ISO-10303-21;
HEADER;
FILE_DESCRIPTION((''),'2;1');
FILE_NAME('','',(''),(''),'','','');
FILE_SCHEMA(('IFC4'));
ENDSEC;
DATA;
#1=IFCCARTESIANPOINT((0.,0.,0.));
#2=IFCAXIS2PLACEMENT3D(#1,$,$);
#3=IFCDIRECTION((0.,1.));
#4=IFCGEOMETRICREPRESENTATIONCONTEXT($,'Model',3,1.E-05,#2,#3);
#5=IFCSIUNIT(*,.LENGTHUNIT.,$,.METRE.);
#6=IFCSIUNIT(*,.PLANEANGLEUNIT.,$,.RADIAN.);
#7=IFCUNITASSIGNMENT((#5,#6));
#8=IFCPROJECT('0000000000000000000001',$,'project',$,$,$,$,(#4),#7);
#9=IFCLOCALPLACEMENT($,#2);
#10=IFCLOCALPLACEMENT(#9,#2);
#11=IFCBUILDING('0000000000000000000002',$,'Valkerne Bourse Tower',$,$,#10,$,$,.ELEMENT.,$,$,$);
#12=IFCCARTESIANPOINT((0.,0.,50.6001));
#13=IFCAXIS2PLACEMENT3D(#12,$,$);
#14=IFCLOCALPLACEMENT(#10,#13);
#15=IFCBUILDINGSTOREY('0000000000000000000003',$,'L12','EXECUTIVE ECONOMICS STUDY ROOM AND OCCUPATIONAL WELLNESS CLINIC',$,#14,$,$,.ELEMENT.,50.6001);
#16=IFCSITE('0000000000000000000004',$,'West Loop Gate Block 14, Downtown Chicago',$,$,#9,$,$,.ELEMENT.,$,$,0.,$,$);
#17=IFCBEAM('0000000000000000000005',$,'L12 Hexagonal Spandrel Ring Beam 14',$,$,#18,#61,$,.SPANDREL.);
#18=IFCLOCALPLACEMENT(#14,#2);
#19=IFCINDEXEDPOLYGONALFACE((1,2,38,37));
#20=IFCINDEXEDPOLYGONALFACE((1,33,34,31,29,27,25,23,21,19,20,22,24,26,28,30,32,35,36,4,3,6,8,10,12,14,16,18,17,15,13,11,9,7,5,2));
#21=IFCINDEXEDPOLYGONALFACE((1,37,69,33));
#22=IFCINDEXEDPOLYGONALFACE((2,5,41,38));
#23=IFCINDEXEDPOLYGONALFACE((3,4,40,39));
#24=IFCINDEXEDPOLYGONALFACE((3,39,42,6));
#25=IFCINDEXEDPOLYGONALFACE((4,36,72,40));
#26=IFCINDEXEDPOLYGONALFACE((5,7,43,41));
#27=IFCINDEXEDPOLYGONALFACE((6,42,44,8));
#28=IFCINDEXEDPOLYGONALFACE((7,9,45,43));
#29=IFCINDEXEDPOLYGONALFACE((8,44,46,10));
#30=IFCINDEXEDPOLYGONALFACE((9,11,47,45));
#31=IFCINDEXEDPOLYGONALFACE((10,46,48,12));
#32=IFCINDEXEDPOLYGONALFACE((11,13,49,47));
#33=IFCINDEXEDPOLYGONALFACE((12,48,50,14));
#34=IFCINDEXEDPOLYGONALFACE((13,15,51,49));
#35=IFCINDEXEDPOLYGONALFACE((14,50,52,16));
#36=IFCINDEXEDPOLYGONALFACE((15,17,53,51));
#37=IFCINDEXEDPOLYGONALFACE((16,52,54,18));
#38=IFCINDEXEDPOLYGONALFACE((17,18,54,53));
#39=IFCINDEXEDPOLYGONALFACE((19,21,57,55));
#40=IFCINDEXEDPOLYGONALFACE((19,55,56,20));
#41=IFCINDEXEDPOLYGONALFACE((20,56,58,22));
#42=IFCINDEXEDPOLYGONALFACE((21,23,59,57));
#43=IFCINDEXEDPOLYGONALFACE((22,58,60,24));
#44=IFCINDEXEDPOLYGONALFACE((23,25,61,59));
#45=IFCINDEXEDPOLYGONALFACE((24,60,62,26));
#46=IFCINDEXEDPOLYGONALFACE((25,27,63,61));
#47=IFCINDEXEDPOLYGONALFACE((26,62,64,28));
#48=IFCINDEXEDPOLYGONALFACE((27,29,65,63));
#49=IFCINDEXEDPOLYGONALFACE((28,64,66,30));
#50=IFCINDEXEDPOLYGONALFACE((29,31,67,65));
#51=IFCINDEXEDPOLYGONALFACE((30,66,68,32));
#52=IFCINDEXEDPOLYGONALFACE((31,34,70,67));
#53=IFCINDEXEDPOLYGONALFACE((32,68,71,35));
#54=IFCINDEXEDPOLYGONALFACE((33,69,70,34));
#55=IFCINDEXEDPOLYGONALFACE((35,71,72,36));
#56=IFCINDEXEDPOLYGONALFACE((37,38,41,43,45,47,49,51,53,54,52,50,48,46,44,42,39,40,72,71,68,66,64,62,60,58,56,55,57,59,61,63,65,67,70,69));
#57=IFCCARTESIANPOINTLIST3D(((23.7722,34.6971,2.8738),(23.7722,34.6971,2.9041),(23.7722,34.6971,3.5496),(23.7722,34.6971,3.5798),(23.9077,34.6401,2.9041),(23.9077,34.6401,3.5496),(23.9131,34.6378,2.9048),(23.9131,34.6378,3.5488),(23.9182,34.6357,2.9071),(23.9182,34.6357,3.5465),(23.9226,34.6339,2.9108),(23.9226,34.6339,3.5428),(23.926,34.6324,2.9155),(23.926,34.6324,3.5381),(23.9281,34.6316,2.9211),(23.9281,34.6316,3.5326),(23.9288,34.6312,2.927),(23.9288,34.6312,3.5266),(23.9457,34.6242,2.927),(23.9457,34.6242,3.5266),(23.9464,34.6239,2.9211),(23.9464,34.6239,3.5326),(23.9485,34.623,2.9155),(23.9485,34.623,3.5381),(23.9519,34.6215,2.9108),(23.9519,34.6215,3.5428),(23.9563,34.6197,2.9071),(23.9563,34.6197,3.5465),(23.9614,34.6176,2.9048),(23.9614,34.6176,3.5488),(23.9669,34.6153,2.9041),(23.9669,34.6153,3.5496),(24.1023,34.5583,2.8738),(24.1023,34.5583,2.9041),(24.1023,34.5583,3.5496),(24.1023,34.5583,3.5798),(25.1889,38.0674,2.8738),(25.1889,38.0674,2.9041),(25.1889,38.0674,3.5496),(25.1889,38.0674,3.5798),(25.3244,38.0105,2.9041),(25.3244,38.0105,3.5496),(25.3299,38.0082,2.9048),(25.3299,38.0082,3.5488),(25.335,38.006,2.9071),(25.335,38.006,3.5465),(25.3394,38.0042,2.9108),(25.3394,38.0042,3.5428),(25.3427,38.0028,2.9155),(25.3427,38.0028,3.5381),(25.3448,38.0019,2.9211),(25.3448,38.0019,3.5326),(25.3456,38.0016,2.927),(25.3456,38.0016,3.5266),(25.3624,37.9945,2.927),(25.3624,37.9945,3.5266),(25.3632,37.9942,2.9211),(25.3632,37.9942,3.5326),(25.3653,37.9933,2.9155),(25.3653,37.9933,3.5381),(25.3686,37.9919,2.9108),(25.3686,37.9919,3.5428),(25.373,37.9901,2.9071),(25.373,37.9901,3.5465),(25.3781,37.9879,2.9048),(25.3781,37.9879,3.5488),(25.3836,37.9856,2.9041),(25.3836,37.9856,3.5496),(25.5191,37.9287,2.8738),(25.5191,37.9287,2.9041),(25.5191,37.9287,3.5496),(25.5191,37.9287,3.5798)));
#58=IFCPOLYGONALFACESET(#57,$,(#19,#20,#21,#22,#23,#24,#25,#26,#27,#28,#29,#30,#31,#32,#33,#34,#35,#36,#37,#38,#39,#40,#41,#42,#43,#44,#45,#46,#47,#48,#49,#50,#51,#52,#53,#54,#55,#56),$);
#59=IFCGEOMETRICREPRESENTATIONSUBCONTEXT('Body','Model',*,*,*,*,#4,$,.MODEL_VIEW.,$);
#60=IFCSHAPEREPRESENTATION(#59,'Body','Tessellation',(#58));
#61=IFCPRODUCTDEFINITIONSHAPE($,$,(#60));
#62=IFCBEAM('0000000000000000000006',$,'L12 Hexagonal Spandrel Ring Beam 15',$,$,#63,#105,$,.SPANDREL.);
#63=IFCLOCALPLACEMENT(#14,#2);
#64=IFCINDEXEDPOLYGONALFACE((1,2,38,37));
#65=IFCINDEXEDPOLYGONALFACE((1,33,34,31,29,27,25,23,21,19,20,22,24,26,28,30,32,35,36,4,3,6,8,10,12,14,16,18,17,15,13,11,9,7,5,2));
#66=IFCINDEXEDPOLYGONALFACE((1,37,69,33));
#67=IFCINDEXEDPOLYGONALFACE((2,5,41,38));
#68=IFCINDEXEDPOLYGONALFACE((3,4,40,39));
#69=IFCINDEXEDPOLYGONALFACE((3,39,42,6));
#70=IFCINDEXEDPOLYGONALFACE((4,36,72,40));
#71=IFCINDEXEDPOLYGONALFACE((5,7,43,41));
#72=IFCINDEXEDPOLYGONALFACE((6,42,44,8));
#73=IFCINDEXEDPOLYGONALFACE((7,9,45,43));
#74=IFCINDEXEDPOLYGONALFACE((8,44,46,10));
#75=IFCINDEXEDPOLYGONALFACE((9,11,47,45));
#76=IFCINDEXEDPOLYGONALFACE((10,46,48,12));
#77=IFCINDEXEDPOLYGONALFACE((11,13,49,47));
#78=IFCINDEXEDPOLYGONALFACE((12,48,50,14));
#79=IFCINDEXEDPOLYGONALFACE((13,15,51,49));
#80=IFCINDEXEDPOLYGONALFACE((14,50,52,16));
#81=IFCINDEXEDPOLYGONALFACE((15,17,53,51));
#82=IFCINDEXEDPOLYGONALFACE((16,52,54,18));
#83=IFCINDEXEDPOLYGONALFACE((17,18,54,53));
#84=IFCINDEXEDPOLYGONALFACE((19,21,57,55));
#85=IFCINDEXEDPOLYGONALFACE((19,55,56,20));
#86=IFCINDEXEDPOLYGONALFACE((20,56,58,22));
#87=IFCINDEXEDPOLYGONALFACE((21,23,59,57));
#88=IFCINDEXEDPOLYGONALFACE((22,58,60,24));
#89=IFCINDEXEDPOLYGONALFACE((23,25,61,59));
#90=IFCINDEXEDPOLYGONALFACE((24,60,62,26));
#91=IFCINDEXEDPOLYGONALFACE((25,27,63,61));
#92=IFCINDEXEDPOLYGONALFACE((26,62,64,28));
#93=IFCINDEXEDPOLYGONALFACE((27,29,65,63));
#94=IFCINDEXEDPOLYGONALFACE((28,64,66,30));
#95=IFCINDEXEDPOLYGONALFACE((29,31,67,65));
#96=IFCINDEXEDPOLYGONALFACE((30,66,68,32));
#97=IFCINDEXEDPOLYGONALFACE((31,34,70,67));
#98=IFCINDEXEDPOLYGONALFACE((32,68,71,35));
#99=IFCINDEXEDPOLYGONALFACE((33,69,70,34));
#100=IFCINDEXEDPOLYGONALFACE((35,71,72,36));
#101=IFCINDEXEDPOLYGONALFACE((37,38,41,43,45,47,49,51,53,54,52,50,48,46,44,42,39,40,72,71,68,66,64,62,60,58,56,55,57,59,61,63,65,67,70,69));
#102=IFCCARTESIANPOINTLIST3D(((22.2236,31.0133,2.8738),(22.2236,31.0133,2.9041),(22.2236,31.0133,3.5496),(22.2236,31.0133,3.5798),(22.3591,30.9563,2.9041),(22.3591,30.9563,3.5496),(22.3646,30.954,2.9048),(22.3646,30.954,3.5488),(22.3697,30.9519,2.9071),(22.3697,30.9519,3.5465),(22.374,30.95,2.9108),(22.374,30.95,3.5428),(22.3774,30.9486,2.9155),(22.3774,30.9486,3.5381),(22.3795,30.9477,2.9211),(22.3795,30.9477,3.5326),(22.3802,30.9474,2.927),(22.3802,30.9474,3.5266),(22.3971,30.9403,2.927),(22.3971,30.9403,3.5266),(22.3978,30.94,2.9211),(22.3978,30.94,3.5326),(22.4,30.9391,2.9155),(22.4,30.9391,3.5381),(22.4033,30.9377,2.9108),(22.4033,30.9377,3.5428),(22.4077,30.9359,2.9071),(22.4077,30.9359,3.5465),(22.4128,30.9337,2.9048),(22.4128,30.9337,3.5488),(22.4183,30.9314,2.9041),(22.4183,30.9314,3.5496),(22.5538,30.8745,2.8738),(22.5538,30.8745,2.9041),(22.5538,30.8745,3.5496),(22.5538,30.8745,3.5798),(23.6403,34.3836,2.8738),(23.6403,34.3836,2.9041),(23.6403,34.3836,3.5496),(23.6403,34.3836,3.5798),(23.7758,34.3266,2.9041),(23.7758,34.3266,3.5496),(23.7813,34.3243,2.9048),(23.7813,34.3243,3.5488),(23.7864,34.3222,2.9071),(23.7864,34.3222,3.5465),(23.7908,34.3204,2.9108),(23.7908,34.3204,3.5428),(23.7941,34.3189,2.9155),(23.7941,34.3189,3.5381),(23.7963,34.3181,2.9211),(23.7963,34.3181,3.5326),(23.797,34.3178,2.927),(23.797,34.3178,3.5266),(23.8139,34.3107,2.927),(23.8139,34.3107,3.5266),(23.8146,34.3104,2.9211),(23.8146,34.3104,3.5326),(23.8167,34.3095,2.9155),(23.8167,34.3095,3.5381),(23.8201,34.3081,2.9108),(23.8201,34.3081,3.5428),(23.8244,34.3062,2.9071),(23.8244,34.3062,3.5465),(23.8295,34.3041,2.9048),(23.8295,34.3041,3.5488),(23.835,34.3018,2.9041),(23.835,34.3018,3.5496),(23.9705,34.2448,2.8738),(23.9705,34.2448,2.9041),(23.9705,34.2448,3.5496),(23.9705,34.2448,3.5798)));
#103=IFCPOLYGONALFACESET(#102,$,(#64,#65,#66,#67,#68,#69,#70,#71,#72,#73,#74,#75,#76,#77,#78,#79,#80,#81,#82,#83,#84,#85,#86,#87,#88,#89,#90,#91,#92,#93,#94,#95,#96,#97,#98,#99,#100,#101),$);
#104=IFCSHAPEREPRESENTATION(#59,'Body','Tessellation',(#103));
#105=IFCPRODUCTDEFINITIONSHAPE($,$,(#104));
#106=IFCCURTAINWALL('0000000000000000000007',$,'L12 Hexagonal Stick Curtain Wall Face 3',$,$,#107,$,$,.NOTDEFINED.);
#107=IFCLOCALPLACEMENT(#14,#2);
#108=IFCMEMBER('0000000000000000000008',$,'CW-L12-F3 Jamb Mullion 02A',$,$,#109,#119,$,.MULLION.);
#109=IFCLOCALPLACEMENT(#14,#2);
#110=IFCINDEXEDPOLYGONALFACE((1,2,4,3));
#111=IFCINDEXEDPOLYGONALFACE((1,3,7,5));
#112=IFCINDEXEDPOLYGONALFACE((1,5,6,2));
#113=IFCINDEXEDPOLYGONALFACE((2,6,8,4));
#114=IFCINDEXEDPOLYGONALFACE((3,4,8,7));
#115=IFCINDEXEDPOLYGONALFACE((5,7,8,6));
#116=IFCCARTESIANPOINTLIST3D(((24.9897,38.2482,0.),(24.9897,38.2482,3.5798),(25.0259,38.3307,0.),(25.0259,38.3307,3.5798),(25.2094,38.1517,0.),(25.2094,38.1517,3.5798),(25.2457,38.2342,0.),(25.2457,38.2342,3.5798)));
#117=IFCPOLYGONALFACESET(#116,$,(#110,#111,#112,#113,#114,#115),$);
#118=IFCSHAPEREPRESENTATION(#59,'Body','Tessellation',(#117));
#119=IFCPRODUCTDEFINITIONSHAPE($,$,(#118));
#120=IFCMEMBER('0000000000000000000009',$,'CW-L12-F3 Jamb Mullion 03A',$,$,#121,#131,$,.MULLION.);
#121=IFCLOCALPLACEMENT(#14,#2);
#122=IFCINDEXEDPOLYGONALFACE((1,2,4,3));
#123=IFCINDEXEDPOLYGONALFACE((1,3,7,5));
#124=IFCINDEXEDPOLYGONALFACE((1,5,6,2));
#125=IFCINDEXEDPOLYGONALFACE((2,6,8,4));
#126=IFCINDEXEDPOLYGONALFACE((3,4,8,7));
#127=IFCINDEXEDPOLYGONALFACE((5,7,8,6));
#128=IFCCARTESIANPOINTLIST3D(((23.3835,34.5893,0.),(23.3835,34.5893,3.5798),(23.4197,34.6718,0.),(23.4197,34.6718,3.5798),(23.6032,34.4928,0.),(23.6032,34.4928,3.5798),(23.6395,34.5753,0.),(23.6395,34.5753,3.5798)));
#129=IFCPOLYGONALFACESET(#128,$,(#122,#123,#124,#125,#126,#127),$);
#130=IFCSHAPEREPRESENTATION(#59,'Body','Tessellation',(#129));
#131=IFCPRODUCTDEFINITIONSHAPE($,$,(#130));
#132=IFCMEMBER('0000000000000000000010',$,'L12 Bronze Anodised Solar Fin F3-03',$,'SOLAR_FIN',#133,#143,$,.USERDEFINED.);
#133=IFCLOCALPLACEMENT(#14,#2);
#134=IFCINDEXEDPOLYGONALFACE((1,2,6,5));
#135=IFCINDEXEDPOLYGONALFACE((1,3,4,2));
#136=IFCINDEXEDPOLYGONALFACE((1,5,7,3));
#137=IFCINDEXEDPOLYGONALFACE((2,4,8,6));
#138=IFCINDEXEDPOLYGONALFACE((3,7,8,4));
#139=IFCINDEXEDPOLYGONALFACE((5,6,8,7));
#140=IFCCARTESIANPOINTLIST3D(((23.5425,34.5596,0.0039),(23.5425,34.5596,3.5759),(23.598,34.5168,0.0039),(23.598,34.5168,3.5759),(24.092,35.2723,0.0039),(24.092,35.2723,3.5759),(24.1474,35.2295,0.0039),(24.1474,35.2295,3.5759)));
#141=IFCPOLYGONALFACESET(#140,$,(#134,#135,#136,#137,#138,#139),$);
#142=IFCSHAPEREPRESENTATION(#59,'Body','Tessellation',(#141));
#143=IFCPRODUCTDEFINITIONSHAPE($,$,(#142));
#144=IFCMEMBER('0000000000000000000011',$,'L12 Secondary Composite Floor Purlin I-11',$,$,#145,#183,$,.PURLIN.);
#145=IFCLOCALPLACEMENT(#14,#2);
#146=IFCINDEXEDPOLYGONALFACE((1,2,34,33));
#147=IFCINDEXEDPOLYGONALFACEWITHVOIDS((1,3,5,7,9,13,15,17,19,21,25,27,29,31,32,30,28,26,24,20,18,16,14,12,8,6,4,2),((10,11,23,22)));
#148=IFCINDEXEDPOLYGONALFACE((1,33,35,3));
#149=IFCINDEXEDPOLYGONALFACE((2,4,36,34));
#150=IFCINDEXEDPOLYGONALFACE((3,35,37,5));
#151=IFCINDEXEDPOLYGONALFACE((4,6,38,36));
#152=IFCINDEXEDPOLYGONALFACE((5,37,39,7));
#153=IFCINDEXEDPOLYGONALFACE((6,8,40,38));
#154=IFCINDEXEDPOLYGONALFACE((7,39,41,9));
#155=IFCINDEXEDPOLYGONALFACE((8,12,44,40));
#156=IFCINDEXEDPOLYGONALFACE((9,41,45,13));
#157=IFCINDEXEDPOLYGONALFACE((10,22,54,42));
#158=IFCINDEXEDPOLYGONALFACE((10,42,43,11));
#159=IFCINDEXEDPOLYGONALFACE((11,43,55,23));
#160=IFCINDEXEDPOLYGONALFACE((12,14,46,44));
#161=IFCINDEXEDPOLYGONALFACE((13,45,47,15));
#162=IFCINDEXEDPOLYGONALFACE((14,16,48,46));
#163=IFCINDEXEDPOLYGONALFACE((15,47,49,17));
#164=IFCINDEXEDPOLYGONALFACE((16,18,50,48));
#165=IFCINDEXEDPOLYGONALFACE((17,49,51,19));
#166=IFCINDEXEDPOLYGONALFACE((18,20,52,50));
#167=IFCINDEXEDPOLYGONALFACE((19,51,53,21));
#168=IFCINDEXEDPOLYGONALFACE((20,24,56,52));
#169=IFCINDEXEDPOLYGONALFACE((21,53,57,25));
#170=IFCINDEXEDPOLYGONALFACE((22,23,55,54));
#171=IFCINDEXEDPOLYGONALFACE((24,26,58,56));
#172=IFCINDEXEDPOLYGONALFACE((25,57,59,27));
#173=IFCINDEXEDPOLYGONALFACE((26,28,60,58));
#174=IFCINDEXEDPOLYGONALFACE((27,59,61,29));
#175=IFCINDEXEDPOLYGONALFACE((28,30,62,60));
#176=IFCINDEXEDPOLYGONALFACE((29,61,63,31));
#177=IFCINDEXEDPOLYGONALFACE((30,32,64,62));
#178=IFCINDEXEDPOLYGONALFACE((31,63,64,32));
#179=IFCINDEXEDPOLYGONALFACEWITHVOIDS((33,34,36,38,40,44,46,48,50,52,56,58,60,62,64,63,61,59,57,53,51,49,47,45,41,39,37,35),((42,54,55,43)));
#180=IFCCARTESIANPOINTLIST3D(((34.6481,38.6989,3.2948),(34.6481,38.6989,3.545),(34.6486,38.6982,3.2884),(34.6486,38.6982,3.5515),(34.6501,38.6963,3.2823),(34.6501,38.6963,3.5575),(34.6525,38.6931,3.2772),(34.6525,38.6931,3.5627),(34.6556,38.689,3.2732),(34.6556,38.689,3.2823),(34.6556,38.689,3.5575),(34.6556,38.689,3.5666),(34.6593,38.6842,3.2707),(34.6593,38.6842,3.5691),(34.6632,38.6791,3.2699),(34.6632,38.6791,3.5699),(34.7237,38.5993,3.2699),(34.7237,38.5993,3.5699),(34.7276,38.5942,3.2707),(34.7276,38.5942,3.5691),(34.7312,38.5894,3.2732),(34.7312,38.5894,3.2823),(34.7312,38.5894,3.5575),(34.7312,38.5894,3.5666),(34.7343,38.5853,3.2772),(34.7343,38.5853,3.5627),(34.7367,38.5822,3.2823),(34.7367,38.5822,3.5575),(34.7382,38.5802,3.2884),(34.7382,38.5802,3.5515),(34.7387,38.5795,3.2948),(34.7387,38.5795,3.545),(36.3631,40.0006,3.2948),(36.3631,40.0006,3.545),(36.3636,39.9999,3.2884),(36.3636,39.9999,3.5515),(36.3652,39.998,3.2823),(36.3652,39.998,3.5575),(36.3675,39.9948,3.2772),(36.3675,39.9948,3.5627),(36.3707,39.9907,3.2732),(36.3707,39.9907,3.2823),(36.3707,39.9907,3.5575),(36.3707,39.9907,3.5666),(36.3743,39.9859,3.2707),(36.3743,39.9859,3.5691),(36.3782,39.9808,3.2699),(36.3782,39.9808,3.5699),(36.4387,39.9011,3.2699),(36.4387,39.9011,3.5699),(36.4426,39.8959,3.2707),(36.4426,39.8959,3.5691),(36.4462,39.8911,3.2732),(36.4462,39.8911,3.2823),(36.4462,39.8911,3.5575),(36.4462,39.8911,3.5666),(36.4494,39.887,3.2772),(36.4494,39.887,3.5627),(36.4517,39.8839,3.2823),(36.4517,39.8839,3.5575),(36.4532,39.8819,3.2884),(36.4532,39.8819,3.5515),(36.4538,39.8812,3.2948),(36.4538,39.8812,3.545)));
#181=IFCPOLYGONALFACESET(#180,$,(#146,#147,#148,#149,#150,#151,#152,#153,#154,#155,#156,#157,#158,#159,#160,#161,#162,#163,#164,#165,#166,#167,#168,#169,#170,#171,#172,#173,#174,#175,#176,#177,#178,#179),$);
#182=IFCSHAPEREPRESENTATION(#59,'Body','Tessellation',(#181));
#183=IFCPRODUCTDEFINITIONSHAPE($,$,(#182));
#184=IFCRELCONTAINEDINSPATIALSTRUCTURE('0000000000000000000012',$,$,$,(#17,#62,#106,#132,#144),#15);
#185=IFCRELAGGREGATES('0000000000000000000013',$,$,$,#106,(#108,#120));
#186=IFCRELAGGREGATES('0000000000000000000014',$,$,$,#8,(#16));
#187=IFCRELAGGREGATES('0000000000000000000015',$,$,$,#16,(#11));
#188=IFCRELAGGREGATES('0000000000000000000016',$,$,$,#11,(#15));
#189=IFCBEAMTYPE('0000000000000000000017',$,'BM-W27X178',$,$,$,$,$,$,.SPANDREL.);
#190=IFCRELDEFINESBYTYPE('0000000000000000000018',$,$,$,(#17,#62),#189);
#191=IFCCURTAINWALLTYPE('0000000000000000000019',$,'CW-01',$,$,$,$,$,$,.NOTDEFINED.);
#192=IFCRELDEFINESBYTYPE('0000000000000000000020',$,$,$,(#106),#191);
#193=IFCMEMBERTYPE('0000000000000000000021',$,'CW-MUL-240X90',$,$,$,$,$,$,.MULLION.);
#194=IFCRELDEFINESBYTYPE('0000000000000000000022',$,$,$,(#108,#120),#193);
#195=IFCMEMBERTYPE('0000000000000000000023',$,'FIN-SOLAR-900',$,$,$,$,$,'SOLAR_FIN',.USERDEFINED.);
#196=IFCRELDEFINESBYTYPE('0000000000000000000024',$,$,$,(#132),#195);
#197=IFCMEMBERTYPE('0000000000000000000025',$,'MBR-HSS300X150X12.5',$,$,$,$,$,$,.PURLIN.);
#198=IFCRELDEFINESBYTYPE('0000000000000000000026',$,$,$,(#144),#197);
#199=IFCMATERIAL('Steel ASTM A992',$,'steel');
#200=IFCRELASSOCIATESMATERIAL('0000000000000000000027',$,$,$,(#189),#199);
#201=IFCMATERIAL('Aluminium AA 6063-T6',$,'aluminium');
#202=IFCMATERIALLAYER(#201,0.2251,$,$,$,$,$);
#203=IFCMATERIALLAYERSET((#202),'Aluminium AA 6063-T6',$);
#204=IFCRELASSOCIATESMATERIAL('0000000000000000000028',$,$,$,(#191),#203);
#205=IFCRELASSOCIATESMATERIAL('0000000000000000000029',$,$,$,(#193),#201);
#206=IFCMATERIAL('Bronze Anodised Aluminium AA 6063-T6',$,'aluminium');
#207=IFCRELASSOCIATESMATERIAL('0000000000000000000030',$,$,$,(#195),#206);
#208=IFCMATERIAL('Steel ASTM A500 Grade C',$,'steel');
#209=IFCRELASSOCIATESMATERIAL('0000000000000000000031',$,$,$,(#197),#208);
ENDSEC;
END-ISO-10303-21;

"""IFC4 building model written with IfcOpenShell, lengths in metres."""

from ifc_helpers import new_model, si_unit, direction, frame, origin, origin_2d, place, context, subcontext, project, spatial, rectangle, hollow_rectangle, i_section, extrude, material, layer, layer_set, material_profile, profile_set, type_object, element, aggregate, save


model = new_model("IFC4")

# Units and contexts
model_context = context("Model", 3, precision=1e-05, world=origin(), true_north=direction((0.0, 1.0)))
body_context = subcontext(model_context, "Body", "Model", "MODEL_VIEW")
ifc_project = project(units=[si_unit("LENGTHUNIT", "METRE"), si_unit("PLANEANGLEUNIT", "RADIAN")], contexts=[model_context])

# Site, building, storey
site_placement = place(None, origin())
site = spatial("IfcSite", under=ifc_project, at=site_placement, Name="West Loop Gate Block 14, Downtown Chicago", CompositionType="ELEMENT", RefElevation=0.0)
building_placement = place(site_placement, origin())
building = spatial("IfcBuilding", under=site, at=building_placement, Name="Valkerne Bourse Tower", CompositionType="ELEMENT")
storey_placement = place(building_placement, frame((0.0, 0.0, 50.6001)))
storey = spatial("IfcBuildingStorey", under=building, at=storey_placement, Name="L12", Description="EXECUTIVE ECONOMICS STUDY ROOM AND OCCUPATIONAL WELLNESS CLINIC", CompositionType="ELEMENT", Elevation=50.6001)

# Beams
ifc_material_1 = material(Name="Steel ASTM A992", Category="steel")
ifc_material_profile_1 = material_profile(ifc_material_1, i_section(OverallWidth=0.3582, OverallDepth=0.7061, WebThickness=0.0183, FlangeThickness=0.0303, FilletRadius=0.0229, at=origin_2d()), Name="W27X178")
ifc_profile_set_1 = profile_set([ifc_material_profile_1], Name="Steel ASTM A992")
beam_type_1 = type_object("IfcBeamType", Name="BM-W27X178", PredefinedType="SPANDREL", material=ifc_profile_set_1)
for number, where, z_axis, x_axis, name in (
    (1, (25.354, 37.998, 3.2268), (-0.387511, -0.921865, 0.0), (0.921865, -0.387511, 0.0), "L12 Hexagonal Spandrel Ring Beam 14"),
    (2, (23.8054, 34.3142, 3.2268), (-0.387511, -0.921865, 0.0), (0.921865, -0.387511, 0.0), "L12 Hexagonal Spandrel Ring Beam 15"),
):
    element("IfcBeam", number, at=place(storey_placement, frame(where, z_axis=z_axis, x_axis=x_axis)), inside=storey, type_object=beam_type_1, Name=name, PredefinedType="SPANDREL", context=body_context, shape_type="SweptSolid", body=[
        extrude(i_section(OverallWidth=0.3582, OverallDepth=0.7061, WebThickness=0.0183, FlangeThickness=0.0303, FilletRadius=0.0229, at=origin_2d()), origin(), (0.0, 0.0, 1.0), 3.656),
    ])

# Curtain wall, members
ifc_material_2 = material(Name="Aluminium AA 6063-T6", Category="aluminium")
ifc_layer_1 = layer(ifc_material_2, 0.2251)
ifc_layer_set_1 = layer_set([ifc_layer_1], Name="Aluminium AA 6063-T6")
curtain_wall_type = type_object("IfcCurtainWallType", Name="CW-01", PredefinedType="NOTDEFINED", material=ifc_layer_set_1)
curtain_wall_placement = place(storey_placement, origin())
curtain_wall = element("IfcCurtainWall", 3, at=curtain_wall_placement, inside=storey, type_object=curtain_wall_type, Name="L12 Hexagonal Stick Curtain Wall Face 3", PredefinedType="NOTDEFINED")
ifc_material_profile_2 = material_profile(ifc_material_2, rectangle(XDim=0.0901, YDim=0.24, at=origin_2d()), Name="CWM-90X240")
ifc_profile_set_2 = profile_set([ifc_material_profile_2], Name="Aluminium AA 6063-T6")
member_type_1 = type_object("IfcMemberType", Name="CW-MUL-240X90", PredefinedType="MULLION", material=ifc_profile_set_2)
member_1_placement = place(storey_placement, frame((25.1177, 38.2412, 0.0), z_axis=(0.0, 0.0, 1.0), x_axis=(-0.40195, -0.915662, 0.0)))
member_1 = element("IfcMember", 4, at=member_1_placement, type_object=member_type_1, Name="CW-L12-F3 Jamb Mullion 02A", PredefinedType="MULLION", context=body_context, shape_type="SweptSolid", body=[
    extrude(rectangle(XDim=0.0901, YDim=0.24, at=origin_2d()), origin(), (0.0, 0.0, 1.0), 3.5798),
])
member_2_placement = place(storey_placement, frame((23.5115, 34.5823, 0.0), z_axis=(0.0, 0.0, 1.0), x_axis=(-0.40195, -0.915662, 0.0)))
member_2 = element("IfcMember", 5, at=member_2_placement, type_object=member_type_1, Name="CW-L12-F3 Jamb Mullion 03A", PredefinedType="MULLION", context=body_context, shape_type="SweptSolid", body=[
    extrude(rectangle(XDim=0.0901, YDim=0.24, at=origin_2d()), origin(), (0.0, 0.0, 1.0), 3.5798),
])

# Members
ifc_material_3 = material(Name="Bronze Anodised Aluminium AA 6063-T6", Category="aluminium")
ifc_material_profile_3 = material_profile(ifc_material_3, rectangle(XDim=0.0701, YDim=0.8999, at=origin_2d()), Name="FIN-70X900")
ifc_profile_set_3 = profile_set([ifc_material_profile_3], Name="Bronze Anodised Aluminium AA 6063-T6")
member_type_2 = type_object("IfcMemberType", Name="FIN-SOLAR-900", ElementType="SOLAR_FIN", PredefinedType="USERDEFINED", material=ifc_profile_set_3)
member_3_placement = place(storey_placement, frame((23.845, 34.8945, 0.0039), z_axis=(0.0, 0.0, 1.0), x_axis=(-0.79196, 0.610573, 0.0)))
element("IfcMember", 6, at=member_3_placement, inside=storey, type_object=member_type_2, Name="L12 Bronze Anodised Solar Fin F3-03", ObjectType="SOLAR_FIN", PredefinedType="USERDEFINED", context=body_context, shape_type="SweptSolid", body=[
    extrude(rectangle(XDim=0.0701, YDim=0.8999, at=origin_2d()), origin(), (0.0, 0.0, 1.0), 3.572),
])
ifc_material_4 = material(Name="Steel ASTM A500 Grade C", Category="steel")
ifc_material_profile_4 = material_profile(ifc_material_4, hollow_rectangle(XDim=0.1499, YDim=0.3, WallThickness=0.0125, OuterFilletRadius=0.0249, at=origin_2d()), Name="HSS300X150X12.5")
ifc_profile_set_4 = profile_set([ifc_material_profile_4], Name="Steel ASTM A500 Grade C")
member_type_3 = type_object("IfcMemberType", Name="MBR-HSS300X150X12.5", PredefinedType="PURLIN", material=ifc_profile_set_4)
member_4_placement = place(storey_placement, frame((36.4084, 39.9409, 3.4199), z_axis=(-0.796544, -0.60458, 0.0), x_axis=(0.60458, -0.796544, 0.0)))
element("IfcMember", 7, at=member_4_placement, inside=storey, type_object=member_type_3, Name="L12 Secondary Composite Floor Purlin I-11", PredefinedType="PURLIN", context=body_context, shape_type="SweptSolid", body=[
    extrude(hollow_rectangle(XDim=0.1499, YDim=0.3, WallThickness=0.0125, OuterFilletRadius=0.0249, at=origin_2d()), origin(), (0.0, 0.0, 1.0), 2.1531),
])

aggregate(curtain_wall, [member_1, member_2])

save(model, "model.ifc")
